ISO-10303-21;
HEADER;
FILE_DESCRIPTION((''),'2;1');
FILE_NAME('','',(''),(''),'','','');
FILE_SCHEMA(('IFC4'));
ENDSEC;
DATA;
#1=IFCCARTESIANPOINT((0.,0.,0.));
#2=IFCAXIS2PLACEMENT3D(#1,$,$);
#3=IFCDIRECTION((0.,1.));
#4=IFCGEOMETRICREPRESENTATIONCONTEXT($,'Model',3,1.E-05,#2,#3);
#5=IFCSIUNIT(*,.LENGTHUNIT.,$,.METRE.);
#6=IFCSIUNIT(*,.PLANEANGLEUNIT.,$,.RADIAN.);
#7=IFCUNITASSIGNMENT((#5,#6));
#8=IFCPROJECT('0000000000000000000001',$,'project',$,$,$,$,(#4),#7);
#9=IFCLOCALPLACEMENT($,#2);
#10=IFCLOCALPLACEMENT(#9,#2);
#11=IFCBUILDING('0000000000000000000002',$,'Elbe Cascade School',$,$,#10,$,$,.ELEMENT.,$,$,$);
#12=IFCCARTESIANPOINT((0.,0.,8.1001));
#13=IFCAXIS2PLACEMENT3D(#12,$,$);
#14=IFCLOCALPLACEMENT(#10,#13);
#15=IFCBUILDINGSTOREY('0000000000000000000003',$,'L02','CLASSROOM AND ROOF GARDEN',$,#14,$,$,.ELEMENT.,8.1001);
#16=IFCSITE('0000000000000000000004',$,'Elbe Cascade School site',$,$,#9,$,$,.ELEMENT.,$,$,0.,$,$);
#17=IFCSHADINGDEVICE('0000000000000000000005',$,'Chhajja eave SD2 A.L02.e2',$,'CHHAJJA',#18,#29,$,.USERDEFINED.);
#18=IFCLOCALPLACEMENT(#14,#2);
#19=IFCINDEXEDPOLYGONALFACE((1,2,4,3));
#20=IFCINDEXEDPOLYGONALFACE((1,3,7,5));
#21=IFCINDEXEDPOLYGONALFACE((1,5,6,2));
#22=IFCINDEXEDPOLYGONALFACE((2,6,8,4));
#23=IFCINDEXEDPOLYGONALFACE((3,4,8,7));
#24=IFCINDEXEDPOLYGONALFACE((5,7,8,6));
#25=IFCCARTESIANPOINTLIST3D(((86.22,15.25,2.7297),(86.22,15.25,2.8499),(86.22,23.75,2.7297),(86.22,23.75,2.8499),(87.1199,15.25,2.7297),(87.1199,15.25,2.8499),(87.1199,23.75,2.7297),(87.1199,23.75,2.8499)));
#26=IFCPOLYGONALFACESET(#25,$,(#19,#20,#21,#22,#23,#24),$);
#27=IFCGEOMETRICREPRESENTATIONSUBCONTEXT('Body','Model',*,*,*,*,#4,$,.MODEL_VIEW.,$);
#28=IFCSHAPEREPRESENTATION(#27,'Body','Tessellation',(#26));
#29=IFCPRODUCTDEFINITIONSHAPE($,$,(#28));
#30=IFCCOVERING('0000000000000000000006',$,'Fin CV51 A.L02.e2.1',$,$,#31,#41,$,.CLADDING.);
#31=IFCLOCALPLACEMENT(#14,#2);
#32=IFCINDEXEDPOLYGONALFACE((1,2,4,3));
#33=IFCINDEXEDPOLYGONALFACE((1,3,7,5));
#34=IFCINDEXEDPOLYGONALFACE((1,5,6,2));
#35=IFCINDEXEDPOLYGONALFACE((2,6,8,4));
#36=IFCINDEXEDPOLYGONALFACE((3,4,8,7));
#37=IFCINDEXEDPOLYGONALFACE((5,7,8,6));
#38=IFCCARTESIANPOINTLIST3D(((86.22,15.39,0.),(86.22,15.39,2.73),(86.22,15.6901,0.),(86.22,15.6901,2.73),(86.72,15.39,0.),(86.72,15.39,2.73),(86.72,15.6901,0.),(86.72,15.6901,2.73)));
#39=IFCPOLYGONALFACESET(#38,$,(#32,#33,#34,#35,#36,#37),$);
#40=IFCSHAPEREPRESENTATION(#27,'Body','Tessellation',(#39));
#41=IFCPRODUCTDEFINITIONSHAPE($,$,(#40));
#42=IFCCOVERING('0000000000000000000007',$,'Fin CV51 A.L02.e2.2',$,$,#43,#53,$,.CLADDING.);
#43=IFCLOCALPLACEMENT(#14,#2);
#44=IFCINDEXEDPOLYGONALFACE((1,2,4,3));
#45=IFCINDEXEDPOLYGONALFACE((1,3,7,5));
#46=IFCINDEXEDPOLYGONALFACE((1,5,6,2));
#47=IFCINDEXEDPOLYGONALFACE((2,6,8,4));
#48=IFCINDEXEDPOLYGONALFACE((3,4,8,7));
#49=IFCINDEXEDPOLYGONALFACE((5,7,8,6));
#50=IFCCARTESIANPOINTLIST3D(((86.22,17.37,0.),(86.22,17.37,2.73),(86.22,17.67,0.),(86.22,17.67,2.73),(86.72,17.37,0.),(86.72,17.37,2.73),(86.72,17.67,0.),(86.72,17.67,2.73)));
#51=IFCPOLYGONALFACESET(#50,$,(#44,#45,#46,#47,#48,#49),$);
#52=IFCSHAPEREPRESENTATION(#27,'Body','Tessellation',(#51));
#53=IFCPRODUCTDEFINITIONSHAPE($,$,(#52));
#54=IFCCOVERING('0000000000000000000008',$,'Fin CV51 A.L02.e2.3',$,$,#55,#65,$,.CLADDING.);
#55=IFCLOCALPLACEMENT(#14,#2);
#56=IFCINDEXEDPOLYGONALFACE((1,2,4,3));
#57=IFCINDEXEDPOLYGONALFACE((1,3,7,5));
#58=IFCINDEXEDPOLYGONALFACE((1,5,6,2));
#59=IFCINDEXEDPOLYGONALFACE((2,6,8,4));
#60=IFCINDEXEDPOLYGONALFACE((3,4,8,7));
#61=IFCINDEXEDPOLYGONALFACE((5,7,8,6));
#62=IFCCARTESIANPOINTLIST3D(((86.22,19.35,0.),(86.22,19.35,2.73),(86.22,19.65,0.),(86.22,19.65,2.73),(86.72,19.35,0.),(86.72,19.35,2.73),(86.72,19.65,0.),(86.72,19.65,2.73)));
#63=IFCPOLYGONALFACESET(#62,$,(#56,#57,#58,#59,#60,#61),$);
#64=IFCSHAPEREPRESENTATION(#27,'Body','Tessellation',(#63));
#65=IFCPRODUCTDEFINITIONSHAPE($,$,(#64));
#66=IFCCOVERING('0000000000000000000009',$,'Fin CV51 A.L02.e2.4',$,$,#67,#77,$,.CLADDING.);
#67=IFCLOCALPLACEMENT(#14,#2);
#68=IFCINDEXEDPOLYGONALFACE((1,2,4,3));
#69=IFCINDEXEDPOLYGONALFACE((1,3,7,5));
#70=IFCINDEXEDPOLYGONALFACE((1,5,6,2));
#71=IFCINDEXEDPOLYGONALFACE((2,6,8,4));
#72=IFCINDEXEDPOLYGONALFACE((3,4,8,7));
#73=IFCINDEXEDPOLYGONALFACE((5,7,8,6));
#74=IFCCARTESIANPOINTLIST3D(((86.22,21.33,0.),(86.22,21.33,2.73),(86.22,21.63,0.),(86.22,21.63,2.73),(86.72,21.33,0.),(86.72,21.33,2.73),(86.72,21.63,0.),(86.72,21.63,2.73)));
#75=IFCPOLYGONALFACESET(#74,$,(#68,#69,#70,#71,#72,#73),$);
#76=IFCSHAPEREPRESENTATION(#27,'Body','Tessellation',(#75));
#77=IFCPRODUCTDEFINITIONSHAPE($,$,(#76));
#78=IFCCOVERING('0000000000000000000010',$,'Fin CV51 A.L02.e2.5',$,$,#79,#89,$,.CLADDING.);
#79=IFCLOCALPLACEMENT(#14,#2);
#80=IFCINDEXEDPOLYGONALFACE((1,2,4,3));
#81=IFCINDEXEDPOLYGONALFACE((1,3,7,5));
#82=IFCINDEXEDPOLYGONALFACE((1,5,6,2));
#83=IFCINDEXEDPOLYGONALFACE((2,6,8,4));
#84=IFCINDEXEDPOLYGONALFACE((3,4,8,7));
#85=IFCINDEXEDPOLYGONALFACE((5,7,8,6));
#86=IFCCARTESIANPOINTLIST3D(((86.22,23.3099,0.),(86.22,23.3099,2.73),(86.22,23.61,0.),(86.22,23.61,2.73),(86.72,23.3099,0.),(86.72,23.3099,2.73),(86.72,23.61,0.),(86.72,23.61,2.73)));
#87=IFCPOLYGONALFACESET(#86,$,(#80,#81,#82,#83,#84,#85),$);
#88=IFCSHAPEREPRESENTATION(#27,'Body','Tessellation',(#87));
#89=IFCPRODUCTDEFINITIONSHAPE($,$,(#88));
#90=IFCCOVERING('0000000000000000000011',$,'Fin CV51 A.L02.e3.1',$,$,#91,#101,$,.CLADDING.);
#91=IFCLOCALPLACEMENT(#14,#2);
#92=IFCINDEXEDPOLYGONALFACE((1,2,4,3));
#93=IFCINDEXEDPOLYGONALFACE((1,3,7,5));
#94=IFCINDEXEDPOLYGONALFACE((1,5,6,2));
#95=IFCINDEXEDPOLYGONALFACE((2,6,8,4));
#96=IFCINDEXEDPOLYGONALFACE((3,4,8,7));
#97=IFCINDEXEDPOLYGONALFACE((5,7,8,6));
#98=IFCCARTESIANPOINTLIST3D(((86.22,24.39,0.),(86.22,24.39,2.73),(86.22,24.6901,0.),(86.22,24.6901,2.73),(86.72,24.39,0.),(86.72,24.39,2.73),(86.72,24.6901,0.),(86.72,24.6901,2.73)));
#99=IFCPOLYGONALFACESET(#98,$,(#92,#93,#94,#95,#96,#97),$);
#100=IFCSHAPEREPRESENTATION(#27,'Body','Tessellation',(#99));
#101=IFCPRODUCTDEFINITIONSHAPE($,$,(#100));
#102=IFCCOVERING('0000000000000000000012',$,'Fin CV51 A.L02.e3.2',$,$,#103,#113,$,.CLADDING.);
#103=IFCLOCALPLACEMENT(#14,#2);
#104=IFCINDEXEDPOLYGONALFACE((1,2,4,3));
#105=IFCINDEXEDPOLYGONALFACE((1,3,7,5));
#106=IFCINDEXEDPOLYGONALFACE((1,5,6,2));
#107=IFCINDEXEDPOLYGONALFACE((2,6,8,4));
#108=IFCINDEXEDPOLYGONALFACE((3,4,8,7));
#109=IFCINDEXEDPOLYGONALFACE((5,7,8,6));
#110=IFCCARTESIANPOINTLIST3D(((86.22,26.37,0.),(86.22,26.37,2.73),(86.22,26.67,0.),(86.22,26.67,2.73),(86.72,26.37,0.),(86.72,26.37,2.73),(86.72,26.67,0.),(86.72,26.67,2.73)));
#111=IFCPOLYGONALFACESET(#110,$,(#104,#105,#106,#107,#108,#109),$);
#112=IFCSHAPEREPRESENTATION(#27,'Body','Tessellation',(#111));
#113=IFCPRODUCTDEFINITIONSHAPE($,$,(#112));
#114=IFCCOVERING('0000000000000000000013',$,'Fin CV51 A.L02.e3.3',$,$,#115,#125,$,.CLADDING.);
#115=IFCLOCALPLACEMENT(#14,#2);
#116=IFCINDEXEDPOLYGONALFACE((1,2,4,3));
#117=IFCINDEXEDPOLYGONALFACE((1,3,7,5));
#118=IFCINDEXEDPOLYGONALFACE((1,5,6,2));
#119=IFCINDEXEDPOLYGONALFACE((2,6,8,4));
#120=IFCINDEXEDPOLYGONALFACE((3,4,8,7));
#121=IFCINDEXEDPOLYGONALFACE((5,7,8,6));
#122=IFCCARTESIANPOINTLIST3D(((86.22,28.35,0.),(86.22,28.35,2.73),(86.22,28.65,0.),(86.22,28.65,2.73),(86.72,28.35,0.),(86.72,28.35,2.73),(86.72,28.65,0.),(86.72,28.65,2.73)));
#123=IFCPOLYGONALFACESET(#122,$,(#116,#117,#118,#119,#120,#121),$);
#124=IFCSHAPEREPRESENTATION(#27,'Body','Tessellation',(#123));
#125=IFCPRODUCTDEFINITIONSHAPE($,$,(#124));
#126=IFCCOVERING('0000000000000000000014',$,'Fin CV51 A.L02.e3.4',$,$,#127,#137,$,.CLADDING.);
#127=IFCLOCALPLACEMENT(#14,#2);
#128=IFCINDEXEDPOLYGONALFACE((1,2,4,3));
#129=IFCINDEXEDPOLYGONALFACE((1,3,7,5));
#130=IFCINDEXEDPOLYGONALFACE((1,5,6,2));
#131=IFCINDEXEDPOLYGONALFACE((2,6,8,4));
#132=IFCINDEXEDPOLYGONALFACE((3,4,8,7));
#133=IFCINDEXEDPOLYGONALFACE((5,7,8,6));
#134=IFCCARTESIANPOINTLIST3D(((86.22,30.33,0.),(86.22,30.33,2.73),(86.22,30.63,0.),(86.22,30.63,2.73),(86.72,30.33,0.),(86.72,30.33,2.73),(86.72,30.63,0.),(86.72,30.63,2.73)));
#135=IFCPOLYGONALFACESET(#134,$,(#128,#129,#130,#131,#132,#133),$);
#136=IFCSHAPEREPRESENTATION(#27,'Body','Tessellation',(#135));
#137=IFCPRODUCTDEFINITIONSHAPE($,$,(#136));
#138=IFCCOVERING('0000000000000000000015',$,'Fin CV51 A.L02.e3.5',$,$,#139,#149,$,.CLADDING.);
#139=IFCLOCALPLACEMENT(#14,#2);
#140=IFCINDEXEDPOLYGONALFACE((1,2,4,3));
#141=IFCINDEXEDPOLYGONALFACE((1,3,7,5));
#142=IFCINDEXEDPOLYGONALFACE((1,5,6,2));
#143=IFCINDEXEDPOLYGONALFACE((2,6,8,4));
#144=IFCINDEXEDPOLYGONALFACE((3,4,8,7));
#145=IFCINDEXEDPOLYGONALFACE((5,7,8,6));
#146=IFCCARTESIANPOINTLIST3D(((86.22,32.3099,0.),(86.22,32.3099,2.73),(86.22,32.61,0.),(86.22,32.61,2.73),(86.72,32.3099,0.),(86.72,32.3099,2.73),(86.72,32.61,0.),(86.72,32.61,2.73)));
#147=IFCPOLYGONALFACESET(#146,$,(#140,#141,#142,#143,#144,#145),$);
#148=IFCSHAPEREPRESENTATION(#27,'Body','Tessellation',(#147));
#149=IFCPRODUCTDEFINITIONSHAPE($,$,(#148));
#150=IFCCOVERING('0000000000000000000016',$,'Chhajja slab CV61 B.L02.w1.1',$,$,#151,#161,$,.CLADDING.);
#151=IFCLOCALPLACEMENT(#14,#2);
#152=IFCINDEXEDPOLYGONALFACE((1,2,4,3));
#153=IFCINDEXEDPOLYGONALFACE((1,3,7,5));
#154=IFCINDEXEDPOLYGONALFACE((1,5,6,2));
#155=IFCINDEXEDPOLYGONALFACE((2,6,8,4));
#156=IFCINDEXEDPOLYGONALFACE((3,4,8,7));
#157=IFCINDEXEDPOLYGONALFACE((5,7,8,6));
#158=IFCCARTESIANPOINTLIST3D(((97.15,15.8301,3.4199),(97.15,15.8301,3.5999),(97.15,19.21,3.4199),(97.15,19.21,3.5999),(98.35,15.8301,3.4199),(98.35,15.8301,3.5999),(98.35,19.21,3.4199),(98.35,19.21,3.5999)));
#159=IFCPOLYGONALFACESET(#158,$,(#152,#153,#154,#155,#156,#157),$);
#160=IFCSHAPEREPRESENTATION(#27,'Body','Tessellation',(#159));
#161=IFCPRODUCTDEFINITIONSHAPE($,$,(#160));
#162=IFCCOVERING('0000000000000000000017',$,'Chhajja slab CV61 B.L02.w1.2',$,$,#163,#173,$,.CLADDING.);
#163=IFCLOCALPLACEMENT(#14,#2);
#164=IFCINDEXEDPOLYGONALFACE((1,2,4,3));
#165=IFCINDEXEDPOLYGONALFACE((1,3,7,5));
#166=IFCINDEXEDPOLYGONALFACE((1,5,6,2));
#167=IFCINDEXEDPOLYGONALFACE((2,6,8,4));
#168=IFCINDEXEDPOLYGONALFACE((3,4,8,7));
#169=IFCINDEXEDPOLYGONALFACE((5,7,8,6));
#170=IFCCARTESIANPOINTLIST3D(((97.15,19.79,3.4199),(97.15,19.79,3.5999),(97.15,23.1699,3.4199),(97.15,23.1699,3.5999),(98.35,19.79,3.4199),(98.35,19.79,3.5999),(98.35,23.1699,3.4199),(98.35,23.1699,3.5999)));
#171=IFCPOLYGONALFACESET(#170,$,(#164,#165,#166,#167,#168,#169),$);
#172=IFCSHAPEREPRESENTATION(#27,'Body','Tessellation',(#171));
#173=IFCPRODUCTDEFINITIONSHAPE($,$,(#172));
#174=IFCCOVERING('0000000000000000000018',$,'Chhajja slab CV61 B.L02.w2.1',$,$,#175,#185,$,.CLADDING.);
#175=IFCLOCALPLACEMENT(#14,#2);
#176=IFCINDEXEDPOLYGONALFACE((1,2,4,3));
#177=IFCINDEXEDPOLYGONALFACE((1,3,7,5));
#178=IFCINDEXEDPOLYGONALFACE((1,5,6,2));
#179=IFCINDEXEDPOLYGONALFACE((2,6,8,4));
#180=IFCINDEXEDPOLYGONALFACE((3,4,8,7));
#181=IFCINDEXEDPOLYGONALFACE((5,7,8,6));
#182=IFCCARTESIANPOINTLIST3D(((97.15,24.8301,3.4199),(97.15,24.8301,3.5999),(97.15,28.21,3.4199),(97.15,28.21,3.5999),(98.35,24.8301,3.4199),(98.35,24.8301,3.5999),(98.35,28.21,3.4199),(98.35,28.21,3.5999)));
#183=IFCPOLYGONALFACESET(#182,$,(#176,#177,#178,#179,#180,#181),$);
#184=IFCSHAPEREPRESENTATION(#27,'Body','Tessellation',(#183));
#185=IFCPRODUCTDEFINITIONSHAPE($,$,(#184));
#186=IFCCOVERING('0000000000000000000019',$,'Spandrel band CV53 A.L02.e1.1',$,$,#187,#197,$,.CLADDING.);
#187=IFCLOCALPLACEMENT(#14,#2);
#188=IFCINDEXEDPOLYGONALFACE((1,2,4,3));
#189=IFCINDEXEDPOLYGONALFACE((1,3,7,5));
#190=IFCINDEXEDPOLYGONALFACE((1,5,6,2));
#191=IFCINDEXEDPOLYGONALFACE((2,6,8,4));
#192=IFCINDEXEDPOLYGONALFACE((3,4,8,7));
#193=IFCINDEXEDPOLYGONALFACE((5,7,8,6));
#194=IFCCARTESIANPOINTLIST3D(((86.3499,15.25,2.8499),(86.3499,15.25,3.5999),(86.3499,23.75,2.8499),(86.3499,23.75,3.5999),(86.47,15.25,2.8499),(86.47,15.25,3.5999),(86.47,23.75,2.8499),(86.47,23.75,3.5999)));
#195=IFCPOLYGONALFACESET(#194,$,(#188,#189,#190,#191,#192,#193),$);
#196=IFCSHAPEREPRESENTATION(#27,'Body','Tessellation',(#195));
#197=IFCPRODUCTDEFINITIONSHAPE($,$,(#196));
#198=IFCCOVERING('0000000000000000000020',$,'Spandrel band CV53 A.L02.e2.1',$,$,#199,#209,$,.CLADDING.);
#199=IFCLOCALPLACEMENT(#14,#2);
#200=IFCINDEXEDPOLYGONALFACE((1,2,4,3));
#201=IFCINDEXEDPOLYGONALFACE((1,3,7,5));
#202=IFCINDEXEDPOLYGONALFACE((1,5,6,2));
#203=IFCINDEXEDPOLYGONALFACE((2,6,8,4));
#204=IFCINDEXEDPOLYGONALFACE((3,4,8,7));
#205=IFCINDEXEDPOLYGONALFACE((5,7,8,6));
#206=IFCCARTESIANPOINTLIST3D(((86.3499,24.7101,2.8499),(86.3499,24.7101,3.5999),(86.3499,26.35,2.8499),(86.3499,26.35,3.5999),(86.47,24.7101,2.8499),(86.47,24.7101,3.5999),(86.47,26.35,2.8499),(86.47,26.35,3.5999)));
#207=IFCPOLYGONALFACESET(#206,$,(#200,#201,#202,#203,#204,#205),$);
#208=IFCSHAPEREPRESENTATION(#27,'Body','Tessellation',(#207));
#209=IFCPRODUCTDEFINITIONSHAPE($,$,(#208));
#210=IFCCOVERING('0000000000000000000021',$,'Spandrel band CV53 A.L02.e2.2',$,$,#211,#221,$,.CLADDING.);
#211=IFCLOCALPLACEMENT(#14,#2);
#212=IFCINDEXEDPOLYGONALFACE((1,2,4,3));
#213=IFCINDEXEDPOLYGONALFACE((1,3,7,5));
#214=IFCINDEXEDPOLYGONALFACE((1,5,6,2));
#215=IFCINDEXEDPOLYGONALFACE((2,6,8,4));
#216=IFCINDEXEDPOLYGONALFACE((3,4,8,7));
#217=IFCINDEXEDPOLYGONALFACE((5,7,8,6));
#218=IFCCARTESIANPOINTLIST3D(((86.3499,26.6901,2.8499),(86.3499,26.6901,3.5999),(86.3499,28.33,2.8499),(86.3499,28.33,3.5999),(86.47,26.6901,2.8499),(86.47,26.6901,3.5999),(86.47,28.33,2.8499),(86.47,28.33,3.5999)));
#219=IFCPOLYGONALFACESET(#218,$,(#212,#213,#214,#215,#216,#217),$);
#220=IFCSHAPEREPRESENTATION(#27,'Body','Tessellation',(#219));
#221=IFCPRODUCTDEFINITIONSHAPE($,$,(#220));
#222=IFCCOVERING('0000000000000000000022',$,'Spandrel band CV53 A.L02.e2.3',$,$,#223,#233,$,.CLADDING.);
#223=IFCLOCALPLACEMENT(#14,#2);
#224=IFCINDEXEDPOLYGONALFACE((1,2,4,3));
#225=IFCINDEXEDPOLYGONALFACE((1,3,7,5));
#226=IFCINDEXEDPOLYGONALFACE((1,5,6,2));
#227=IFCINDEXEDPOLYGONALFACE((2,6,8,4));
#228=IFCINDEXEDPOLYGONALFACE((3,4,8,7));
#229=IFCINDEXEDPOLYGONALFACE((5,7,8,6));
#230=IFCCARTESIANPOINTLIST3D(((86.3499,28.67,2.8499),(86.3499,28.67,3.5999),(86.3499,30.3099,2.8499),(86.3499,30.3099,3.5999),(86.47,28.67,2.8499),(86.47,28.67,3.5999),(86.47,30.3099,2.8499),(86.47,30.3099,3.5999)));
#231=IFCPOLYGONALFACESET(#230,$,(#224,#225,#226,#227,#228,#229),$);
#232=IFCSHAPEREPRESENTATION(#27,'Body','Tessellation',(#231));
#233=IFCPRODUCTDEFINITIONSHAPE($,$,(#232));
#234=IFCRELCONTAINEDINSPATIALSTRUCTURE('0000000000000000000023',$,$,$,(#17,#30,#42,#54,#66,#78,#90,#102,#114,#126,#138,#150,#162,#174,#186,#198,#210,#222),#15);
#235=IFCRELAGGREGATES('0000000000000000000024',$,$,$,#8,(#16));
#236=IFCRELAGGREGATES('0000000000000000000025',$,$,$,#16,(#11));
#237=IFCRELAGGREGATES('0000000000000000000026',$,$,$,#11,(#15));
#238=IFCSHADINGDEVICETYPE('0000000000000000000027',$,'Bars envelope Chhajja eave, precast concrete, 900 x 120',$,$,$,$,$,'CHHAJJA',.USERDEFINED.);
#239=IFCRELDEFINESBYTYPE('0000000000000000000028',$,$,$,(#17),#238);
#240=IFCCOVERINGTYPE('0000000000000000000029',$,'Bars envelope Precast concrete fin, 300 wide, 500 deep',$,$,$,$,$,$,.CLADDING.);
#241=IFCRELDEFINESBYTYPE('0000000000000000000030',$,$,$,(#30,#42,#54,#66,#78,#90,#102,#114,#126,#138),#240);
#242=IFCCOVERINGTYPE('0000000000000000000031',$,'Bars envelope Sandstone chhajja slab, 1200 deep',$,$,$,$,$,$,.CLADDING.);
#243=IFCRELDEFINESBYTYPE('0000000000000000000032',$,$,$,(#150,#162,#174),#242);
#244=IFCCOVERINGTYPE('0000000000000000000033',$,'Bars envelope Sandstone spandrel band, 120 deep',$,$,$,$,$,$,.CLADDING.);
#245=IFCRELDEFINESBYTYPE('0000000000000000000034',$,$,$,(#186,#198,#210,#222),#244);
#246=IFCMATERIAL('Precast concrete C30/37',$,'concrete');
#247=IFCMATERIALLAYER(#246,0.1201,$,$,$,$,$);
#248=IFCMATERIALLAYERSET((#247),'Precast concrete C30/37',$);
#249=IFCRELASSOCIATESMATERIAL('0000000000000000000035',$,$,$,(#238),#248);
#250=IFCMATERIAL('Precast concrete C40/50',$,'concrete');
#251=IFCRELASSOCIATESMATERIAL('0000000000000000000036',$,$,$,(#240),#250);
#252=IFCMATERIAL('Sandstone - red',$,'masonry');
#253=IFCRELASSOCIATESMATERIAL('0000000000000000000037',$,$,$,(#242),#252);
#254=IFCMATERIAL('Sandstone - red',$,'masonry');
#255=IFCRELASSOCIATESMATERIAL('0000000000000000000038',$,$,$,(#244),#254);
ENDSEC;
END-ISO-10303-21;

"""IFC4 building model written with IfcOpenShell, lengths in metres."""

from ifc_helpers import new_model, si_unit, direction, frame, origin, origin_2d, place, context, subcontext, project, spatial, rectangle, extrude, material, layer, layer_set, type_object, element, save


model = new_model("IFC4")

# Units and contexts
model_context = context("Model", 3, precision=1e-05, world=origin(), true_north=direction((0.0, 1.0)))
body_context = subcontext(model_context, "Body", "Model", "MODEL_VIEW")
ifc_project = project(units=[si_unit("LENGTHUNIT", "METRE"), si_unit("PLANEANGLEUNIT", "RADIAN")], contexts=[model_context])

# Site, building, storey
site_placement = place(None, origin())
site = spatial("IfcSite", under=ifc_project, at=site_placement, Name="Elbe Cascade School site", CompositionType="ELEMENT", RefElevation=0.0)
building_placement = place(site_placement, origin())
building = spatial("IfcBuilding", under=site, at=building_placement, Name="Elbe Cascade School", CompositionType="ELEMENT")
storey_placement = place(building_placement, frame((0.0, 0.0, 8.1001)))
storey = spatial("IfcBuildingStorey", under=building, at=storey_placement, Name="L02", Description="CLASSROOM AND ROOF GARDEN", CompositionType="ELEMENT", Elevation=8.1001)

# Shading device
ifc_material_1 = material(Name="Precast concrete C30/37", Category="concrete")
ifc_layer = layer(ifc_material_1, 0.1201)
ifc_layer_set = layer_set([ifc_layer], Name="Precast concrete C30/37")
shading_device_type = type_object("IfcShadingDeviceType", Name="Bars envelope Chhajja eave, precast concrete, 900 x 120", ElementType="CHHAJJA", PredefinedType="USERDEFINED", material=ifc_layer_set)
shading_device_placement = place(storey_placement, frame((86.6699, 19.5, 2.7297), z_axis=(0.0, 0.0, 1.0), x_axis=(0.0, 1.0, 0.0)))
element("IfcShadingDevice", 1, at=shading_device_placement, inside=storey, type_object=shading_device_type, Name="Chhajja eave SD2 A.L02.e2", ObjectType="CHHAJJA", PredefinedType="USERDEFINED", context=body_context, shape_type="SweptSolid", body=[
    extrude(rectangle(XDim=8.5, YDim=0.8999, at=origin_2d()), origin(), (0.0, 0.0, 1.0), 0.1201),
])

# Coverings
ifc_material_2 = material(Name="Precast concrete C40/50", Category="concrete")
covering_type_1 = type_object("IfcCoveringType", Name="Bars envelope Precast concrete fin, 300 wide, 500 deep", PredefinedType="CLADDING", material=ifc_material_2)
for number, where, z_axis, x_axis, name in (
    (2, (86.47, 15.54, 0.0), (0.0, 0.0, 1.0), (0.0, 1.0, 0.0), "Fin CV51 A.L02.e2.1"),
    (3, (86.47, 17.52, 0.0), (0.0, 0.0, 1.0), (0.0, 1.0, 0.0), "Fin CV51 A.L02.e2.2"),
    (4, (86.47, 19.5, 0.0), (0.0, 0.0, 1.0), (0.0, 1.0, 0.0), "Fin CV51 A.L02.e2.3"),
    (5, (86.47, 21.48, 0.0), (0.0, 0.0, 1.0), (0.0, 1.0, 0.0), "Fin CV51 A.L02.e2.4"),
    (6, (86.47, 23.46, 0.0), (0.0, 0.0, 1.0), (0.0, 1.0, 0.0), "Fin CV51 A.L02.e2.5"),
    (7, (86.47, 24.54, 0.0), (0.0, 0.0, 1.0), (0.0, 1.0, 0.0), "Fin CV51 A.L02.e3.1"),
    (8, (86.47, 26.52, 0.0), (0.0, 0.0, 1.0), (0.0, 1.0, 0.0), "Fin CV51 A.L02.e3.2"),
    (9, (86.47, 28.5, 0.0), (0.0, 0.0, 1.0), (0.0, 1.0, 0.0), "Fin CV51 A.L02.e3.3"),
    (10, (86.47, 30.48, 0.0), (0.0, 0.0, 1.0), (0.0, 1.0, 0.0), "Fin CV51 A.L02.e3.4"),
    (11, (86.47, 32.46, 0.0), (0.0, 0.0, 1.0), (0.0, 1.0, 0.0), "Fin CV51 A.L02.e3.5"),
):
    element("IfcCovering", number, at=place(storey_placement, frame(where, z_axis=z_axis, x_axis=x_axis)), inside=storey, type_object=covering_type_1, Name=name, PredefinedType="CLADDING", context=body_context, shape_type="SweptSolid", body=[
        extrude(rectangle(XDim=0.3, YDim=0.5, at=origin_2d()), origin(), (0.0, 0.0, 1.0), 2.73),
    ])
ifc_material_3 = material(Name="Sandstone - red", Category="masonry")
covering_type_2 = type_object("IfcCoveringType", Name="Bars envelope Sandstone chhajja slab, 1200 deep", PredefinedType="CLADDING", material=ifc_material_3)
for number, where, z_axis, x_axis, name in (
    (12, (97.75, 17.52, 3.4199), (0.0, 0.0, 1.0), (0.0, 1.0, 0.0), "Chhajja slab CV61 B.L02.w1.1"),
    (13, (97.75, 21.48, 3.4199), (0.0, 0.0, 1.0), (0.0, 1.0, 0.0), "Chhajja slab CV61 B.L02.w1.2"),
    (14, (97.75, 26.52, 3.4199), (0.0, 0.0, 1.0), (0.0, 1.0, 0.0), "Chhajja slab CV61 B.L02.w2.1"),
):
    element("IfcCovering", number, at=place(storey_placement, frame(where, z_axis=z_axis, x_axis=x_axis)), inside=storey, type_object=covering_type_2, Name=name, PredefinedType="CLADDING", context=body_context, shape_type="SweptSolid", body=[
        extrude(rectangle(XDim=3.3799, YDim=1.2, at=origin_2d()), origin(), (0.0, 0.0, 1.0), 0.1799),
    ])
ifc_material_4 = material(Name="Sandstone - red", Category="masonry")
covering_type_3 = type_object("IfcCoveringType", Name="Bars envelope Sandstone spandrel band, 120 deep", PredefinedType="CLADDING", material=ifc_material_4)
covering_placement = place(storey_placement, frame((86.4099, 19.5, 2.8499), z_axis=(0.0, 0.0, 1.0), x_axis=(0.0, 1.0, 0.0)))
element("IfcCovering", 15, at=covering_placement, inside=storey, type_object=covering_type_3, Name="Spandrel band CV53 A.L02.e1.1", PredefinedType="CLADDING", context=body_context, shape_type="SweptSolid", body=[
    extrude(rectangle(XDim=8.5, YDim=0.1201, at=origin_2d()), origin(), (0.0, 0.0, 1.0), 0.75),
])
for number, where, z_axis, x_axis, name in (
    (16, (86.4099, 25.53, 2.8499), (0.0, 0.0, 1.0), (0.0, 1.0, 0.0), "Spandrel band CV53 A.L02.e2.1"),
    (17, (86.4099, 27.51, 2.8499), (0.0, 0.0, 1.0), (0.0, 1.0, 0.0), "Spandrel band CV53 A.L02.e2.2"),
    (18, (86.4099, 29.49, 2.8499), (0.0, 0.0, 1.0), (0.0, 1.0, 0.0), "Spandrel band CV53 A.L02.e2.3"),
):
    element("IfcCovering", number, at=place(storey_placement, frame(where, z_axis=z_axis, x_axis=x_axis)), inside=storey, type_object=covering_type_3, Name=name, PredefinedType="CLADDING", context=body_context, shape_type="SweptSolid", body=[
        extrude(rectangle(XDim=1.6399, YDim=0.1201, at=origin_2d()), origin(), (0.0, 0.0, 1.0), 0.75),
    ])

save(model, "model.ifc")
